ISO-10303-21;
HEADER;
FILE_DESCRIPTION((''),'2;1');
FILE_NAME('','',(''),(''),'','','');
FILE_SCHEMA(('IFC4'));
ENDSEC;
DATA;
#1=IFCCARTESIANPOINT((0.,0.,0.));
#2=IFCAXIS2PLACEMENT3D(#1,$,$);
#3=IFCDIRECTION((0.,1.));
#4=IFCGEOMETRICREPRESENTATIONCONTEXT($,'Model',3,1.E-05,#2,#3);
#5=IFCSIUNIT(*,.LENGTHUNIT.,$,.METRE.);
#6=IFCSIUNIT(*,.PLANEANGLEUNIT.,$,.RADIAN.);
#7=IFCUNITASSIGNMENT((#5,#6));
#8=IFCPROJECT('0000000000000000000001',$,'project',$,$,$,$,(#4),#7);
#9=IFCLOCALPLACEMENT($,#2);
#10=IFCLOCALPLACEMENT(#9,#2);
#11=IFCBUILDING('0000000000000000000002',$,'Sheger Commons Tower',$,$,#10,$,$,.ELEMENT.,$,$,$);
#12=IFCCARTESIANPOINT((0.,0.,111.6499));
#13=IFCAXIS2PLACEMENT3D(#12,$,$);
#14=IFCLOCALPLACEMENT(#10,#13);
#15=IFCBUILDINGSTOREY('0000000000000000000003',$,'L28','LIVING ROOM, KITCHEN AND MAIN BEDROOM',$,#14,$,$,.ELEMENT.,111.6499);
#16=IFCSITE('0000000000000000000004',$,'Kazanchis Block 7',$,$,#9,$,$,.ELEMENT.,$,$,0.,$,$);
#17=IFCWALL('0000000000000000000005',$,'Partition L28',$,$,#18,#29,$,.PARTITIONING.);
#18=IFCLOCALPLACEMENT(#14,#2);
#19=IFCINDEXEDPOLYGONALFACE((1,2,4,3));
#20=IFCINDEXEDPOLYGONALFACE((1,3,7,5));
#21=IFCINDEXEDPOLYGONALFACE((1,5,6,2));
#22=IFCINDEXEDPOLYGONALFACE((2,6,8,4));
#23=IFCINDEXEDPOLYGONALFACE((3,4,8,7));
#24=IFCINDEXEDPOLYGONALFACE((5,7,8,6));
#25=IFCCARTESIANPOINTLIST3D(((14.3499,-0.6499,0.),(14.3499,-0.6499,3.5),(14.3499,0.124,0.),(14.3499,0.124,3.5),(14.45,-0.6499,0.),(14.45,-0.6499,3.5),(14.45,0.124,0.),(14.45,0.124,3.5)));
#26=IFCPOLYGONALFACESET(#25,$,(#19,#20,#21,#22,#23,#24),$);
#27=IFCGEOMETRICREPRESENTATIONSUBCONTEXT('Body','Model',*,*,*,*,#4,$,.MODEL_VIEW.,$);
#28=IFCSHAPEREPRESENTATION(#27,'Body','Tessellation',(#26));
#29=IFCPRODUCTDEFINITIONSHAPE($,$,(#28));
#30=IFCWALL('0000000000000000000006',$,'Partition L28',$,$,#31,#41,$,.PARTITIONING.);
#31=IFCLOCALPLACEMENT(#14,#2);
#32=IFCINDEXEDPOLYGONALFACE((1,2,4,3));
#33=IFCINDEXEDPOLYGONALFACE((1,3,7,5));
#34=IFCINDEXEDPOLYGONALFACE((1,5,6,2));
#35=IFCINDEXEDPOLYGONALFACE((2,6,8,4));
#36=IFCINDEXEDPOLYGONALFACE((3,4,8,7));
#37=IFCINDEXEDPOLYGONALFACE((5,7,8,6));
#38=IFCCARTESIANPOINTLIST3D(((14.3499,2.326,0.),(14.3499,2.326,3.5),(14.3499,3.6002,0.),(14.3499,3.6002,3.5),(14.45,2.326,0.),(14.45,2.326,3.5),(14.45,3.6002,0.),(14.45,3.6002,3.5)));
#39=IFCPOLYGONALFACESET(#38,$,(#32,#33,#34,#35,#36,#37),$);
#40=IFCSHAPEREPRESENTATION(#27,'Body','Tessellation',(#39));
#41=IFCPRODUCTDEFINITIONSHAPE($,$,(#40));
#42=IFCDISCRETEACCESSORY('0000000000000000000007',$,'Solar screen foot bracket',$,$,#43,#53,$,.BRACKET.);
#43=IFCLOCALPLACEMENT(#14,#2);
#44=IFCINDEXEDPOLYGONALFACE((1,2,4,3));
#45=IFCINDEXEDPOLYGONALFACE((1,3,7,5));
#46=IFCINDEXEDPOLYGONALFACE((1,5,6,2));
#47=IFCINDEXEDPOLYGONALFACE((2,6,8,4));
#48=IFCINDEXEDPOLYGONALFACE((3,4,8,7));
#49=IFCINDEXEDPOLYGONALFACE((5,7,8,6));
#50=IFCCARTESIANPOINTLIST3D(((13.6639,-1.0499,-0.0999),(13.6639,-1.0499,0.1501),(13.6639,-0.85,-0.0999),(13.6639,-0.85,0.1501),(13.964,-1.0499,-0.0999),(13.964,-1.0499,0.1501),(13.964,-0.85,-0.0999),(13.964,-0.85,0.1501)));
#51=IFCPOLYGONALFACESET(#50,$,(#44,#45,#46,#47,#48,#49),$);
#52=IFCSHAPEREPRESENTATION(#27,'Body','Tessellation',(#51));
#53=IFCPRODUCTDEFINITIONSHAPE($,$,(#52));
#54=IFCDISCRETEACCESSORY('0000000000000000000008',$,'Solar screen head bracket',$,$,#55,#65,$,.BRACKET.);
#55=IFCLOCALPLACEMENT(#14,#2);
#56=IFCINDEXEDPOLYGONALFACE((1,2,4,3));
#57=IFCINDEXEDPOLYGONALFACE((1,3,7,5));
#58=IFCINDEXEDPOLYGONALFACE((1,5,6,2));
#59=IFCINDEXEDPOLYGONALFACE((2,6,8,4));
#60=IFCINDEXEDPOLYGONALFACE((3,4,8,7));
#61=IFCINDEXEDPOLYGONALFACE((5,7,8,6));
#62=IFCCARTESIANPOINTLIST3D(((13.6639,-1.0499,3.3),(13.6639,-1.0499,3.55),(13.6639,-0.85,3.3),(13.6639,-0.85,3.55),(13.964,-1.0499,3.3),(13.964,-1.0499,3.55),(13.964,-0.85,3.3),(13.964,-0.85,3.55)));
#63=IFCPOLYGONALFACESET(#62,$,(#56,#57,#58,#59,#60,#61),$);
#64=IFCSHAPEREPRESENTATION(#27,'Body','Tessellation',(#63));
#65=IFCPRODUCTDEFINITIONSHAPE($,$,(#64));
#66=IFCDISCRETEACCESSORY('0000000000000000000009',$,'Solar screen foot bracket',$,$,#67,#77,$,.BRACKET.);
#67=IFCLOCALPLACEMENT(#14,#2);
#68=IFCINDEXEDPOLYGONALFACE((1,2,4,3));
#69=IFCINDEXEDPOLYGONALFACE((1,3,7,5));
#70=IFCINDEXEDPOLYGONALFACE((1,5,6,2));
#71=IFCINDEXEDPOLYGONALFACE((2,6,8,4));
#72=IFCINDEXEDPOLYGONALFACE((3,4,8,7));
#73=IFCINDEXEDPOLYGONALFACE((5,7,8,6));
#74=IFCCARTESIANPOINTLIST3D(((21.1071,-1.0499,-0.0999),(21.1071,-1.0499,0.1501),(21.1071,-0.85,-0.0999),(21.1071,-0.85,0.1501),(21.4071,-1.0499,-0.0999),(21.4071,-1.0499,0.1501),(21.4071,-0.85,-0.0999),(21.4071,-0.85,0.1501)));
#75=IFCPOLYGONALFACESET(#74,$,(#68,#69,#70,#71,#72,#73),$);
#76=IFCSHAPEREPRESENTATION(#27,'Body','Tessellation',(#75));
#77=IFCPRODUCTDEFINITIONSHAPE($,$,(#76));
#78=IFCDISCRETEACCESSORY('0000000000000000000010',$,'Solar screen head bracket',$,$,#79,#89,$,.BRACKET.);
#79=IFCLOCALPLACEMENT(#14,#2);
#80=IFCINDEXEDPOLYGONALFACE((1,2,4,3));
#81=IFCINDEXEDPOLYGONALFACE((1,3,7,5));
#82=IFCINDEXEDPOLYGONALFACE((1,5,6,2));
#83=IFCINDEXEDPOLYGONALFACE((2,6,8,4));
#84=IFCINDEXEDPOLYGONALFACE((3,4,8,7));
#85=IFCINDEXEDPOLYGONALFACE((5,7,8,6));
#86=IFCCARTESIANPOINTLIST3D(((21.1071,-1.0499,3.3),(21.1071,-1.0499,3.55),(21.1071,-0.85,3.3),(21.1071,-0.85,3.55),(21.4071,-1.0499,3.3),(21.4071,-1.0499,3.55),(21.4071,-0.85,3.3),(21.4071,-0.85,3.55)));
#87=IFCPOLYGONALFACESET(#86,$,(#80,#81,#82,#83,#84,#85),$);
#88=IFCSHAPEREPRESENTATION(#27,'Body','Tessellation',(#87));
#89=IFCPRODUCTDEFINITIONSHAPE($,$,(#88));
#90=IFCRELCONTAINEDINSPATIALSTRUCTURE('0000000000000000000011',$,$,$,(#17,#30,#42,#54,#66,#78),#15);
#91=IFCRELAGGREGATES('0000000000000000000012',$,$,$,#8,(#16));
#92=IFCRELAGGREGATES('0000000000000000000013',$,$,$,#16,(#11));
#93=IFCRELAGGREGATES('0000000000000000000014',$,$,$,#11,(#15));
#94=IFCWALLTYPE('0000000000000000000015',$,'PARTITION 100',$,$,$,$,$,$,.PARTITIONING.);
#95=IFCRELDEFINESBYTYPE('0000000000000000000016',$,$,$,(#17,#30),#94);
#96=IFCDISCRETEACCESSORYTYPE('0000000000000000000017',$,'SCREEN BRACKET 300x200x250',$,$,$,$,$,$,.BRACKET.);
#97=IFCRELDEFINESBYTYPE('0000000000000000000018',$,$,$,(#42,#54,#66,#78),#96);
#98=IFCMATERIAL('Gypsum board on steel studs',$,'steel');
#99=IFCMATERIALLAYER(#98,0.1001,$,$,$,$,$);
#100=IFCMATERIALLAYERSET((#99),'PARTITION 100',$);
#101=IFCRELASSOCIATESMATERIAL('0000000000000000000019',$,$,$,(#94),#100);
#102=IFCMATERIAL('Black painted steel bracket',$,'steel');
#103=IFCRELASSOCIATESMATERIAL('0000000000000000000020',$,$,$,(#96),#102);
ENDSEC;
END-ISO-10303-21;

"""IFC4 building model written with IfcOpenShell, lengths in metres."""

from ifc_helpers import new_model, si_unit, direction, frame, frame_2d, origin, origin_2d, place, context, subcontext, project, spatial, rectangle, extrude, material, layer, layer_set, type_object, element, save


model = new_model("IFC4")

# Units and contexts
model_context = context("Model", 3, precision=1e-05, world=origin(), true_north=direction((0.0, 1.0)))
body_context = subcontext(model_context, "Body", "Model", "MODEL_VIEW")
ifc_project = project(units=[si_unit("LENGTHUNIT", "METRE"), si_unit("PLANEANGLEUNIT", "RADIAN")], contexts=[model_context])

# Site, building, storey
site_placement = place(None, origin())
site = spatial("IfcSite", under=ifc_project, at=site_placement, Name="Kazanchis Block 7", CompositionType="ELEMENT", RefElevation=0.0)
building_placement = place(site_placement, origin())
building = spatial("IfcBuilding", under=site, at=building_placement, Name="Sheger Commons Tower", CompositionType="ELEMENT")
storey_placement = place(building_placement, frame((0.0, 0.0, 111.6499)))
storey = spatial("IfcBuildingStorey", under=building, at=storey_placement, Name="L28", Description="LIVING ROOM, KITCHEN AND MAIN BEDROOM", CompositionType="ELEMENT", Elevation=111.6499)

# Shared definitions
ifc_material_1 = material(Name="Gypsum board on steel studs", Category="steel")
ifc_layer_1 = layer(ifc_material_1, 0.1001)
ifc_layer_set_1 = layer_set([ifc_layer_1], Name="PARTITION 100")
wall_type_1 = type_object("IfcWallType", Name="PARTITION 100", PredefinedType="PARTITIONING", material=ifc_layer_set_1)

# Walls
wall_1_placement = place(storey_placement, frame((14.3999, -0.6499, 0.0), z_axis=(0.0, 0.0, 1.0), x_axis=(0.0, 1.0, 0.0)))
element("IfcWall", 1, at=wall_1_placement, inside=storey, type_object=wall_type_1, Name="Partition L28", PredefinedType="PARTITIONING", context=body_context, shape_type="SweptSolid", body=[
    extrude(rectangle(XDim=0.7739, YDim=0.1001, at=frame_2d((0.387, 0.0))), origin(), (0.0, 0.0, 1.0), 3.5),
])
wall_2_placement = place(storey_placement, frame((14.3999, 2.3259, 0.0), z_axis=(0.0, 0.0, 1.0), x_axis=(0.0, 1.0, 0.0)))
element("IfcWall", 2, at=wall_2_placement, inside=storey, type_object=wall_type_1, Name="Partition L28", PredefinedType="PARTITIONING", context=body_context, shape_type="SweptSolid", body=[
    extrude(rectangle(XDim=1.2742, YDim=0.1001, at=frame_2d((0.6372, 0.0))), origin(), (0.0, 0.0, 1.0), 3.5),
])

# Discrete accessories
ifc_material_2 = material(Name="Black painted steel bracket", Category="steel")
discrete_accessory_type = type_object("IfcDiscreteAccessoryType", Name="SCREEN BRACKET 300x200x250", PredefinedType="BRACKET", material=ifc_material_2)
for number, where, z_axis, x_axis, name in (
    (3, (13.814, -0.95, -0.0999), (0.0, 0.0, 1.0), (1.0, 0.0, 0.0), "Solar screen foot bracket"),
    (4, (13.814, -0.95, 3.3), (0.0, 0.0, 1.0), (1.0, 0.0, 0.0), "Solar screen head bracket"),
    (5, (21.2571, -0.95, -0.0999), (0.0, 0.0, 1.0), (1.0, 0.0, 0.0), "Solar screen foot bracket"),
    (6, (21.2571, -0.95, 3.3), (0.0, 0.0, 1.0), (1.0, 0.0, 0.0), "Solar screen head bracket"),
):
    element("IfcDiscreteAccessory", number, at=place(storey_placement, frame(where, z_axis=z_axis, x_axis=x_axis)), inside=storey, type_object=discrete_accessory_type, Name=name, PredefinedType="BRACKET", context=body_context, shape_type="SweptSolid", body=[
        extrude(rectangle(XDim=0.3, YDim=0.2, at=origin_2d()), origin(), (0.0, 0.0, 1.0), 0.25),
    ])

save(model, "model.ifc")
